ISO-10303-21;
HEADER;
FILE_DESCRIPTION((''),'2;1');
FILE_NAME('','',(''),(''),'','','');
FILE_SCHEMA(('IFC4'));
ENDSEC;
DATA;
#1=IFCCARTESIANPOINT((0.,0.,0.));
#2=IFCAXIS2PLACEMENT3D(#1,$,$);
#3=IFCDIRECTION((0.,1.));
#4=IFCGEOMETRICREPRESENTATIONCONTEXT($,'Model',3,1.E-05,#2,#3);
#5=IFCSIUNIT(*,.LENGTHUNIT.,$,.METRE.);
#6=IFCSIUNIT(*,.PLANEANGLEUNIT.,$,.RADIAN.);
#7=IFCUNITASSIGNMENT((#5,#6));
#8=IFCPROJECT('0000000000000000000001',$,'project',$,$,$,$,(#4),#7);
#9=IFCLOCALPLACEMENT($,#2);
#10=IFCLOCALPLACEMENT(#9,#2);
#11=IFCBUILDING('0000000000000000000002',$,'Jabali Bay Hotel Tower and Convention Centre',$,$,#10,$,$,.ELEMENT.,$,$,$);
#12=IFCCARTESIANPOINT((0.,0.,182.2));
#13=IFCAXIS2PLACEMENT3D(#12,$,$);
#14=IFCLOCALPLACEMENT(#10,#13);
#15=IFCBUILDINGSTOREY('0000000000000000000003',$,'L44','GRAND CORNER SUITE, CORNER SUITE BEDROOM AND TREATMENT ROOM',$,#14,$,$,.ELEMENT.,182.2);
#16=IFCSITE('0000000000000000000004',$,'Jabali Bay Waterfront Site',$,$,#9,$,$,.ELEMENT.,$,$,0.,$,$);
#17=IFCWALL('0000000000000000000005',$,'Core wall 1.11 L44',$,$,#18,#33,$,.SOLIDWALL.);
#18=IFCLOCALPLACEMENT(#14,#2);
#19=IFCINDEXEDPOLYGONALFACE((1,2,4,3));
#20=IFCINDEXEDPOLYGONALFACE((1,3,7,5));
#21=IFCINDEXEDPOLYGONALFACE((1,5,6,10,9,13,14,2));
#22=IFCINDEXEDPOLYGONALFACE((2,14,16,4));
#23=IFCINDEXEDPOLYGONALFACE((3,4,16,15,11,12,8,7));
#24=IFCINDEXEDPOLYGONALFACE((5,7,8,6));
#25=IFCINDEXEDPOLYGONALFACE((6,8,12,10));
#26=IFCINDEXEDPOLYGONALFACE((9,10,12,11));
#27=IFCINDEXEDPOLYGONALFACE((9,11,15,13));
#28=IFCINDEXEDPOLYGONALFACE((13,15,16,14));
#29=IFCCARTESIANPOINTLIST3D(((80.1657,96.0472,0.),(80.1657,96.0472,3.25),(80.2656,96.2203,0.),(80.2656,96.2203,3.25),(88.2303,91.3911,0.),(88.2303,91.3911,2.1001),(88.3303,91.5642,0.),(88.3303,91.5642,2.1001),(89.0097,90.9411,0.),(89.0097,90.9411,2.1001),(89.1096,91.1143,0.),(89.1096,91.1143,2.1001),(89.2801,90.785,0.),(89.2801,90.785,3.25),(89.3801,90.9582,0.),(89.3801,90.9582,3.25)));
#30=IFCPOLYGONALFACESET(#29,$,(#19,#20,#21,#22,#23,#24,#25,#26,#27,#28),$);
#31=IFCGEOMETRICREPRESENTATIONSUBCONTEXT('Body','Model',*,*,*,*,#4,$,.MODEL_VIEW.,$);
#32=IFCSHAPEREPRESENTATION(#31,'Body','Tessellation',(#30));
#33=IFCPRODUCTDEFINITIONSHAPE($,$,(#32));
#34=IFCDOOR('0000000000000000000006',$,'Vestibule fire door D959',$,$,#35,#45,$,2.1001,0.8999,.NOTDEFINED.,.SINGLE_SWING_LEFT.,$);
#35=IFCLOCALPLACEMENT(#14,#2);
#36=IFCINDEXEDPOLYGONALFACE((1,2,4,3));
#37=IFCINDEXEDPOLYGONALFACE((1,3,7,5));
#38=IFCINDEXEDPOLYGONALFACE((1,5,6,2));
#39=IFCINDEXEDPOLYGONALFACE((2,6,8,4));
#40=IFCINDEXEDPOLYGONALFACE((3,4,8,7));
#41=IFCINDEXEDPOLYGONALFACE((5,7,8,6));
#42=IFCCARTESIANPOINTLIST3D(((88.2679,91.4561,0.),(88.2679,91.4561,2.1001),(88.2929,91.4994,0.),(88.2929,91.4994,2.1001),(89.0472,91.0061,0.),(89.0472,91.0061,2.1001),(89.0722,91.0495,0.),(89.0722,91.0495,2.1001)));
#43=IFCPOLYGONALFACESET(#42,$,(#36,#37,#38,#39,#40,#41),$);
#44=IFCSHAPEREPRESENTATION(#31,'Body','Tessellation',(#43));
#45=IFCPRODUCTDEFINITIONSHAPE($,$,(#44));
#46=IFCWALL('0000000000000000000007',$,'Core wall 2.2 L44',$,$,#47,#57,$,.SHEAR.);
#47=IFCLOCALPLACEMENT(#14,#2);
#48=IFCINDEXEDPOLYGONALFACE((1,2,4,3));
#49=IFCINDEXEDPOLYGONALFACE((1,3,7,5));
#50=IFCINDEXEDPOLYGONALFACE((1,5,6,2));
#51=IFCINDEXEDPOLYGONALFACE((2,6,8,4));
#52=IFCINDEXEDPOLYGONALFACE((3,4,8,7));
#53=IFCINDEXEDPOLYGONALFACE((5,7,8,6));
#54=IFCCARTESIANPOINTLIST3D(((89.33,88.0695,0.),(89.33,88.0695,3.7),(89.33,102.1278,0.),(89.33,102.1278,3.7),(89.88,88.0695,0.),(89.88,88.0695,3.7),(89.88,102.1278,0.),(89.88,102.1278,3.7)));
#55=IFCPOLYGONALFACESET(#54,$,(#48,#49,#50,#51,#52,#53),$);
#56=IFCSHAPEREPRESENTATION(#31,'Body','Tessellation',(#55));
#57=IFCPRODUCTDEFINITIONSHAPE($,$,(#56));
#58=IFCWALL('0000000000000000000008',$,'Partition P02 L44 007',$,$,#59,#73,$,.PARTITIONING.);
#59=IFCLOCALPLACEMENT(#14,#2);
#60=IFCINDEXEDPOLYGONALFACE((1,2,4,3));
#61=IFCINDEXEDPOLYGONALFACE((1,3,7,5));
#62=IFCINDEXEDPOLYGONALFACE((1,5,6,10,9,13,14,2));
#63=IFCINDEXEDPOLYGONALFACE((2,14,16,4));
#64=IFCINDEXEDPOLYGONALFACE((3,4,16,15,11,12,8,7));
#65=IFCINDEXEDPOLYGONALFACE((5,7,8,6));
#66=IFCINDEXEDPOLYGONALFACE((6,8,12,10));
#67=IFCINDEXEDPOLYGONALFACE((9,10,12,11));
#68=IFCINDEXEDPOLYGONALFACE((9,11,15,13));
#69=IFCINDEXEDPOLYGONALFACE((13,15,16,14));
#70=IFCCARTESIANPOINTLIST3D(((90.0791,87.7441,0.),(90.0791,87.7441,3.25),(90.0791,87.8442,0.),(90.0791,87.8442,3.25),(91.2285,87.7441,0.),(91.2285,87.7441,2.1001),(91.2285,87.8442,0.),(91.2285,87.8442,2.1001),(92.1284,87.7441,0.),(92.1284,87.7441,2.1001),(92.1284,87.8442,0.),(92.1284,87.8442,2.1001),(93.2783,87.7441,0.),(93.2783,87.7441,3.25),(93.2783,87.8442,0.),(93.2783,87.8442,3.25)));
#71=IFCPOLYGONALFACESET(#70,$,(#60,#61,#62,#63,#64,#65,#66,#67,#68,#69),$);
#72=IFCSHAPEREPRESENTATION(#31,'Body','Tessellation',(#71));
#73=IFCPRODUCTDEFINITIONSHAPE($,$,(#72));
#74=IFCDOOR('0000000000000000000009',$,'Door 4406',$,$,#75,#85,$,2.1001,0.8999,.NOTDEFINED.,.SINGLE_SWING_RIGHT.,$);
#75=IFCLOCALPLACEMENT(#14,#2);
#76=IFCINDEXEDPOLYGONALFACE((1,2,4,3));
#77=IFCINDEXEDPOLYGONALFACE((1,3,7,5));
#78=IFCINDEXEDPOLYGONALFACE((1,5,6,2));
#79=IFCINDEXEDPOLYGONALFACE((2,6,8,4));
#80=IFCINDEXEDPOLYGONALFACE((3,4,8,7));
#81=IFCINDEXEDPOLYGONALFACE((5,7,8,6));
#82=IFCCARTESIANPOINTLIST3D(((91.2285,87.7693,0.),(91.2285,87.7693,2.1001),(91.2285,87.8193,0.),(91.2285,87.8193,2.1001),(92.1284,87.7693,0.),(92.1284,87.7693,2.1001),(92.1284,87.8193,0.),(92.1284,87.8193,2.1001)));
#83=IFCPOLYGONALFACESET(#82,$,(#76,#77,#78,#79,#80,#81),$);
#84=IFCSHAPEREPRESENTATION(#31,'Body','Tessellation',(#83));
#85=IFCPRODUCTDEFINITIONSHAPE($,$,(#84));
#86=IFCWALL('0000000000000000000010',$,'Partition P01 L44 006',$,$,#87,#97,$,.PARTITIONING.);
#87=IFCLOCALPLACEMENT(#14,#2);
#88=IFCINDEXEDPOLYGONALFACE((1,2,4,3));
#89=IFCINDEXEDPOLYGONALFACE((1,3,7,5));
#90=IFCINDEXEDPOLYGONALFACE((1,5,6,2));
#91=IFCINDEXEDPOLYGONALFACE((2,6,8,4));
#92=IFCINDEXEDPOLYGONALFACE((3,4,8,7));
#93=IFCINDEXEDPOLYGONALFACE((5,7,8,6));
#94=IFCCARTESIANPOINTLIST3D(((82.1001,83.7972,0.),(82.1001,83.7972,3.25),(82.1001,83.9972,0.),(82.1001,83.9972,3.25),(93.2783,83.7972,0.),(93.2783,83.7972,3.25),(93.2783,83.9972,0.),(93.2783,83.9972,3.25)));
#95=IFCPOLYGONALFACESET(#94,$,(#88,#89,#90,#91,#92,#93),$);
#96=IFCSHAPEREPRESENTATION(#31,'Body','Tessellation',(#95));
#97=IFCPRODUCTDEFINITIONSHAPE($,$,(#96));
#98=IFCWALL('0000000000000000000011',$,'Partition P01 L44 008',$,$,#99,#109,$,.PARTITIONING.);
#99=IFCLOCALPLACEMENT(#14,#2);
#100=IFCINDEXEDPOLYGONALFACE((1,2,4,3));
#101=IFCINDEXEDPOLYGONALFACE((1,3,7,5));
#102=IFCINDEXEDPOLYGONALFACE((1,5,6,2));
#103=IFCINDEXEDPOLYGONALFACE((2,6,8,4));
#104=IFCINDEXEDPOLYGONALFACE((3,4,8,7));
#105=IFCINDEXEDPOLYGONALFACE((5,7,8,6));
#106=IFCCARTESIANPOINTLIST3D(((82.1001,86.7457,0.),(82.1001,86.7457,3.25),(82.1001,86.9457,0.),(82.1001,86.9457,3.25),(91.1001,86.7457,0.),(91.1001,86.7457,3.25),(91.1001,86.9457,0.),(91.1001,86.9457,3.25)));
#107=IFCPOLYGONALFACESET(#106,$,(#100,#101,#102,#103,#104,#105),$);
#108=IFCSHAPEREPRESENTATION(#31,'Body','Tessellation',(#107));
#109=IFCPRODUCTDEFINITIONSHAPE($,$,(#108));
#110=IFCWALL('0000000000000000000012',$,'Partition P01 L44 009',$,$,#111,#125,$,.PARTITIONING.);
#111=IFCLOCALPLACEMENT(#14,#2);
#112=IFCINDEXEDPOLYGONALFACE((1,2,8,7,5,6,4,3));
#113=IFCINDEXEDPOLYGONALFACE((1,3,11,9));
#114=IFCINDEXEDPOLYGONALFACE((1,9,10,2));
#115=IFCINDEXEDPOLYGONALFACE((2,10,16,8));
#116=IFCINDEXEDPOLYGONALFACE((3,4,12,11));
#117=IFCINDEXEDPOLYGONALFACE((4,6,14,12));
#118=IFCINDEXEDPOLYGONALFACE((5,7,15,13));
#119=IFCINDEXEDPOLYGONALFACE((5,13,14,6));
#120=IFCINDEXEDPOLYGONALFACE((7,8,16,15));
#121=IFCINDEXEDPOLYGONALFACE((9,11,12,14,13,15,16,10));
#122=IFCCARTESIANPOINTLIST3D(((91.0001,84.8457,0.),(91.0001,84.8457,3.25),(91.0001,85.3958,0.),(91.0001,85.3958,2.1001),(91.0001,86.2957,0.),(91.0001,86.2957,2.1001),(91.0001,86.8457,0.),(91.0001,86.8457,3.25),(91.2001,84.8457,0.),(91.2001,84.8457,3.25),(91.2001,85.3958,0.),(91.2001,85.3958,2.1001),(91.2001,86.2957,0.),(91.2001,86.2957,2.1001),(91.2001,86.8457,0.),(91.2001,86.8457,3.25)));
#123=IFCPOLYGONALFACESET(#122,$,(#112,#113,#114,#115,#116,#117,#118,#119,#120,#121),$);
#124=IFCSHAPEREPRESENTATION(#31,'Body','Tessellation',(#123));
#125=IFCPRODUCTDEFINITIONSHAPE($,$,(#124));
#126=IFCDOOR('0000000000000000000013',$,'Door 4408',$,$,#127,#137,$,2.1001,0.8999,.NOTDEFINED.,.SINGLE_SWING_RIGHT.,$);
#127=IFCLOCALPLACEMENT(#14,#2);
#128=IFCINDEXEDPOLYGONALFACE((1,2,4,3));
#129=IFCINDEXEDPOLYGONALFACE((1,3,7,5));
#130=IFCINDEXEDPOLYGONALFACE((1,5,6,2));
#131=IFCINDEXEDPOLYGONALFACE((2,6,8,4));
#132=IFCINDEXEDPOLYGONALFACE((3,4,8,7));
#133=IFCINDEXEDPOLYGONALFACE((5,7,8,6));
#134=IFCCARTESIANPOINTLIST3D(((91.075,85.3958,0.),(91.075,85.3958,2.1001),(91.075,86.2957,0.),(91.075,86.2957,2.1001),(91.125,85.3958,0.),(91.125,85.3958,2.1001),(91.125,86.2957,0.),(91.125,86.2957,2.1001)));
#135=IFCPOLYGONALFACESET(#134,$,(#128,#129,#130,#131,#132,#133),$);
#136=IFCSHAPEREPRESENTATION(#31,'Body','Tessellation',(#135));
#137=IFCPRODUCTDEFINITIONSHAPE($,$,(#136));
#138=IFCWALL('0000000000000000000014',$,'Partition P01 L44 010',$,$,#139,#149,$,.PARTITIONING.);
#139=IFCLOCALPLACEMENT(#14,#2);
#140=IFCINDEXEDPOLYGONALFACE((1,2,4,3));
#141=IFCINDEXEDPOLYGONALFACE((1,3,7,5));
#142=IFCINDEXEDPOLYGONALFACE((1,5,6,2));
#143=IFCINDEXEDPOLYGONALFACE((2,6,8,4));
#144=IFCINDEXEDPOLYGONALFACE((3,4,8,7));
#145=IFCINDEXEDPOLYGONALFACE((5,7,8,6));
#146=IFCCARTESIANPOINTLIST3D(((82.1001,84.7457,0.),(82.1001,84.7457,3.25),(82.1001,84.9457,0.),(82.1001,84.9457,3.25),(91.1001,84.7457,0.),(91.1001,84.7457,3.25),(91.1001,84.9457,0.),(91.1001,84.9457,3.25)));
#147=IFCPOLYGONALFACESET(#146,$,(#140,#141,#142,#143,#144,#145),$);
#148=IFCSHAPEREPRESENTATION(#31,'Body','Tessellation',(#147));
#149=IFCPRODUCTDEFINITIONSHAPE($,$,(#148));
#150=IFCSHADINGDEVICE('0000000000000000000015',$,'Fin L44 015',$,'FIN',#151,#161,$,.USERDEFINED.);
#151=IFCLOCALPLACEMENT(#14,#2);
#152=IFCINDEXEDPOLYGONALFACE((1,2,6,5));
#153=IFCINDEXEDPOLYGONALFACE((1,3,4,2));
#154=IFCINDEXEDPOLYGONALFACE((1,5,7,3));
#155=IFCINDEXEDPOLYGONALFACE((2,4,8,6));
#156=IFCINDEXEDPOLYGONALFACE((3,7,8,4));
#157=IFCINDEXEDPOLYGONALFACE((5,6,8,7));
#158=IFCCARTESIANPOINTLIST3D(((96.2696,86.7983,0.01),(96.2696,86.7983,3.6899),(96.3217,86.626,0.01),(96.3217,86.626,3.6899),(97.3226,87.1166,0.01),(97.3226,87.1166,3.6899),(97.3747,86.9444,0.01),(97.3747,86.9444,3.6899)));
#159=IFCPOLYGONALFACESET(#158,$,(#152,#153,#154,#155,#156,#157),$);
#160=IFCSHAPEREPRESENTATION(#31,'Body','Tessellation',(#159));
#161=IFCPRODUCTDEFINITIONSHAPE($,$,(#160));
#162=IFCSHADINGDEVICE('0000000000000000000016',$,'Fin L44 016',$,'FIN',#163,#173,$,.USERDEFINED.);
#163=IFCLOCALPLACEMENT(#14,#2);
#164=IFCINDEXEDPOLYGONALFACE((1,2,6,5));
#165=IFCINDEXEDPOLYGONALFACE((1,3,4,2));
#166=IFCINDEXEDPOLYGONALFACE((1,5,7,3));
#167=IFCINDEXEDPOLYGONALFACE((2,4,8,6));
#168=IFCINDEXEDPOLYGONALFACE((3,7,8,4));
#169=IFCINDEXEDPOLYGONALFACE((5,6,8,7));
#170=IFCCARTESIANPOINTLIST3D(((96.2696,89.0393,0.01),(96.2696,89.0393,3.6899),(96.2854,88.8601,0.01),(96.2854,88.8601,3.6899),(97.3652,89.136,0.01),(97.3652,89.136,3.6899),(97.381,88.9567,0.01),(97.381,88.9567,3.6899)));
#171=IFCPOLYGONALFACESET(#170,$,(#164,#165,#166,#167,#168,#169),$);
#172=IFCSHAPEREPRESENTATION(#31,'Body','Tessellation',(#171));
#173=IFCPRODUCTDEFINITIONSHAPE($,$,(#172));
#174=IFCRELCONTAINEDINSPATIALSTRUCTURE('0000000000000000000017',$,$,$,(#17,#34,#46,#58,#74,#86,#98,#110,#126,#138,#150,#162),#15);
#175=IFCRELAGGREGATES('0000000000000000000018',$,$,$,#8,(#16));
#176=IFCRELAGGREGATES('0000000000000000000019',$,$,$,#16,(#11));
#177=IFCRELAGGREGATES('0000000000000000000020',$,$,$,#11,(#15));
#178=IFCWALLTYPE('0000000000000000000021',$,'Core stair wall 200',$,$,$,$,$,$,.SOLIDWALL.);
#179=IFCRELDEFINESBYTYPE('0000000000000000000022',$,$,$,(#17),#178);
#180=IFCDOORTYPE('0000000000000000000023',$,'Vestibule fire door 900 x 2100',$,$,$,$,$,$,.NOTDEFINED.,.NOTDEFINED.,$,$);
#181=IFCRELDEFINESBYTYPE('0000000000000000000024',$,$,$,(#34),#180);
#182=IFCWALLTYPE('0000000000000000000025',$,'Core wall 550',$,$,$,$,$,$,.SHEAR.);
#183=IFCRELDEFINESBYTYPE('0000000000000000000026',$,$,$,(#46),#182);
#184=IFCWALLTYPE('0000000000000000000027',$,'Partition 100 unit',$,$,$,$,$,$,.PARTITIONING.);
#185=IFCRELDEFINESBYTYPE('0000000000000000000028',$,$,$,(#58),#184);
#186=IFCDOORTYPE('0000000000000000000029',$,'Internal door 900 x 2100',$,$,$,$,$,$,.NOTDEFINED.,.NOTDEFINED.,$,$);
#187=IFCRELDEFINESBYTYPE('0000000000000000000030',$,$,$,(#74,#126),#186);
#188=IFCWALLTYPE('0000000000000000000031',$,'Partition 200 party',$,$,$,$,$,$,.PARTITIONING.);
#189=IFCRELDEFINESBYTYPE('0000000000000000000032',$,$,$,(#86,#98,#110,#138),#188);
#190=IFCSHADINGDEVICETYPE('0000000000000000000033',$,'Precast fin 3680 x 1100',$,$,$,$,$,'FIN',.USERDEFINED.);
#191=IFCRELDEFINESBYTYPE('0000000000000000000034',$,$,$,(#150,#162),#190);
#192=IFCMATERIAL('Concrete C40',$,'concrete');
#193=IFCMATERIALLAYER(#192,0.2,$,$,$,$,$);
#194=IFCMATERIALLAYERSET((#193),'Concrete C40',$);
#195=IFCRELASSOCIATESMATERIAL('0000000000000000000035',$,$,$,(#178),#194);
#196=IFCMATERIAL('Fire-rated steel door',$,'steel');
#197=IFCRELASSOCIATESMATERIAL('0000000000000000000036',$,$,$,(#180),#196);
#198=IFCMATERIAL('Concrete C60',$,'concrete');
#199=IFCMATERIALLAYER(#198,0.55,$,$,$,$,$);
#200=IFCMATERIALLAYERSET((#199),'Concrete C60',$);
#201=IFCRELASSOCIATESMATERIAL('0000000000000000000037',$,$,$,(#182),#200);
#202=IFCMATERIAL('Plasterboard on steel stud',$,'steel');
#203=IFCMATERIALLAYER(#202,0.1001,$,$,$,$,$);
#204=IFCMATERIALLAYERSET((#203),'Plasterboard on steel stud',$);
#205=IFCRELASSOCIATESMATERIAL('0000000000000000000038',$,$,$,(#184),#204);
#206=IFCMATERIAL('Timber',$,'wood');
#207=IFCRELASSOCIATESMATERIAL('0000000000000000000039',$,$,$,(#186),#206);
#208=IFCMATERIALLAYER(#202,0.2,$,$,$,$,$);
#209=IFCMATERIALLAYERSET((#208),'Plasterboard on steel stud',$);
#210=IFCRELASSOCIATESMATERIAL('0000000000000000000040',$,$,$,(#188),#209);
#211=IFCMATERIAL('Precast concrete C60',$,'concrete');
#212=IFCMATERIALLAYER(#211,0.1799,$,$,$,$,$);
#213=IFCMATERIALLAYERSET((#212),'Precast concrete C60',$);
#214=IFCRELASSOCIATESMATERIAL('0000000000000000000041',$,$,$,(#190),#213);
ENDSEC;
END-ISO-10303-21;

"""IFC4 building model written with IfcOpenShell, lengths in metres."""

from ifc_helpers import new_model, si_unit, direction, frame, frame_2d, origin, place, context, subcontext, project, spatial, rectangle, extrude, material, layer, layer_set, type_object, element, fill, save


model = new_model("IFC4")

# Units and contexts
model_context = context("Model", 3, precision=1e-05, world=origin(), true_north=direction((0.0, 1.0)))
body_context = subcontext(model_context, "Body", "Model", "MODEL_VIEW")
ifc_project = project(units=[si_unit("LENGTHUNIT", "METRE"), si_unit("PLANEANGLEUNIT", "RADIAN")], contexts=[model_context])

# Site, building, storey
site_placement = place(None, origin())
site = spatial("IfcSite", under=ifc_project, at=site_placement, Name="Jabali Bay Waterfront Site", CompositionType="ELEMENT", RefElevation=0.0)
building_placement = place(site_placement, origin())
building = spatial("IfcBuilding", under=site, at=building_placement, Name="Jabali Bay Hotel Tower and Convention Centre", CompositionType="ELEMENT")
storey_placement = place(building_placement, frame((0.0, 0.0, 182.2)))
storey = spatial("IfcBuildingStorey", under=building, at=storey_placement, Name="L44", Description="GRAND CORNER SUITE, CORNER SUITE BEDROOM AND TREATMENT ROOM", CompositionType="ELEMENT", Elevation=182.2)

# Shared definitions
ifc_material_1 = material(Name="Concrete C60", Category="concrete")

# Shared definitions
ifc_material_2 = material(Name="Concrete C40", Category="concrete")
ifc_layer_1 = layer(ifc_material_2, 0.2)
ifc_layer_set_1 = layer_set([ifc_layer_1], Name="Concrete C40")
wall_type_1 = type_object("IfcWallType", Name="Core stair wall 200", PredefinedType="SOLIDWALL", material=ifc_layer_set_1)

# Wall, opening, door
wall_1_placement = place(storey_placement, frame((89.3301, 90.8716, 0.0), z_axis=(0.0, 0.0, 1.0), x_axis=(-0.866028, 0.499996, 0.0)))
wall_1 = element("IfcWall", 1, at=wall_1_placement, inside=storey, type_object=wall_type_1, Name="Core wall 1.11 L44", PredefinedType="SOLIDWALL", context=body_context, shape_type="SweptSolid", body=[
    extrude(rectangle(XDim=10.5244, YDim=0.2, at=frame_2d((5.2622, 0.0))), origin(), (0.0, 0.0, 1.0), 3.25),
])
opening_1_placement = place(wall_1_placement, frame((0.3123, 0.0, 0.0)))
opening_1 = element("IfcOpeningElement", 2, at=opening_1_placement, cuts=wall_1, PredefinedType="OPENING", context=body_context, shape_type="SweptSolid", body=[
    extrude(rectangle(XDim=0.8999, YDim=2.1001, at=frame_2d((0.45, 1.05))), frame((0.0, 0.1104, 0.0), z_axis=(0.0, -1.0, 0.0), x_axis=(1.0, 0.0, 0.0)), (0.0, 0.0, 1.0), 0.2209),
])
ifc_material_3 = material(Name="Fire-rated steel door", Category="steel")
door_type_1 = type_object("IfcDoorType", Name="Vestibule fire door 900 x 2100", OperationType="NOTDEFINED", PredefinedType="NOTDEFINED", material=ifc_material_3)
door_1_placement = place(opening_1_placement, origin())
door_1 = element("IfcDoor", 3, at=door_1_placement, inside=storey, type_object=door_type_1, Name="Vestibule fire door D959", OperationType="SINGLE_SWING_LEFT", OverallHeight=2.1001, OverallWidth=0.8999, PredefinedType="NOTDEFINED", context=body_context, shape_type="SweptSolid", body=[
    extrude(rectangle(XDim=0.8999, YDim=2.1001, at=frame_2d((0.45, 1.05))), frame((0.0, 0.0249, 0.0), z_axis=(0.0, -1.0, 0.0), x_axis=(1.0, 0.0, 0.0)), (0.0, 0.0, 1.0), 0.05),
])
fill(opening_1, door_1)

# Wall
ifc_layer_2 = layer(ifc_material_1, 0.55)
ifc_layer_set_2 = layer_set([ifc_layer_2], Name="Concrete C60")
wall_type_2 = type_object("IfcWallType", Name="Core wall 550", PredefinedType="SHEAR", material=ifc_layer_set_2)
wall_2_placement = place(storey_placement, frame((89.605, 88.0693, 0.0), z_axis=(0.0, 0.0, 1.0), x_axis=(0.0, 1.0, 0.0)))
element("IfcWall", 4, at=wall_2_placement, inside=storey, type_object=wall_type_2, Name="Core wall 2.2 L44", PredefinedType="SHEAR", context=body_context, shape_type="SweptSolid", body=[
    extrude(rectangle(XDim=14.0583, YDim=0.55, at=frame_2d((7.0293, 0.0))), origin(), (0.0, 0.0, 1.0), 3.7),
])

# Wall, opening, door
ifc_material_4 = material(Name="Plasterboard on steel stud", Category="steel")
ifc_layer_3 = layer(ifc_material_4, 0.1001)
ifc_layer_set_3 = layer_set([ifc_layer_3], Name="Plasterboard on steel stud")
wall_type_3 = type_object("IfcWallType", Name="Partition 100 unit", PredefinedType="PARTITIONING", material=ifc_layer_set_3)
wall_3_placement = place(storey_placement, frame((93.2783, 87.7942, 0.0), z_axis=(0.0, 0.0, 1.0), x_axis=(-1.0, 0.0, 0.0)))
wall_3 = element("IfcWall", 5, at=wall_3_placement, inside=storey, type_object=wall_type_3, Name="Partition P02 L44 007", PredefinedType="PARTITIONING", context=body_context, shape_type="SweptSolid", body=[
    extrude(rectangle(XDim=3.1992, YDim=0.1001, at=frame_2d((1.5996, 0.0))), origin(), (0.0, 0.0, 1.0), 3.25),
])
opening_2_placement = place(wall_3_placement, frame((1.1499, 0.0, 0.0)))
opening_2 = element("IfcOpeningElement", 6, at=opening_2_placement, cuts=wall_3, PredefinedType="OPENING", context=body_context, shape_type="SweptSolid", body=[
    extrude(rectangle(XDim=0.8999, YDim=2.1001, at=frame_2d((0.45, 1.05))), frame((0.0, 0.0605, 0.0), z_axis=(0.0, -1.0, 0.0), x_axis=(1.0, 0.0, 0.0)), (0.0, 0.0, 1.0), 0.1211),
])
ifc_material_5 = material(Name="Timber", Category="wood")
door_type_2 = type_object("IfcDoorType", Name="Internal door 900 x 2100", OperationType="NOTDEFINED", PredefinedType="NOTDEFINED", material=ifc_material_5)
door_2_placement = place(opening_2_placement, origin())
door_2 = element("IfcDoor", 7, at=door_2_placement, inside=storey, type_object=door_type_2, Name="Door 4406", OperationType="SINGLE_SWING_RIGHT", OverallHeight=2.1001, OverallWidth=0.8999, PredefinedType="NOTDEFINED", context=body_context, shape_type="SweptSolid", body=[
    extrude(rectangle(XDim=0.8999, YDim=2.1001, at=frame_2d((0.45, 1.05))), frame((0.0, 0.0249, 0.0), z_axis=(0.0, -1.0, 0.0), x_axis=(1.0, 0.0, 0.0)), (0.0, 0.0, 1.0), 0.05),
])
fill(opening_2, door_2)

# Walls
ifc_layer_4 = layer(ifc_material_4, 0.2)
ifc_layer_set_4 = layer_set([ifc_layer_4], Name="Plasterboard on steel stud")
wall_type_4 = type_object("IfcWallType", Name="Partition 200 party", PredefinedType="PARTITIONING", material=ifc_layer_set_4)
wall_4_placement = place(storey_placement, frame((93.2783, 83.8972, 0.0), z_axis=(0.0, 0.0, 1.0), x_axis=(-1.0, 0.0, 0.0)))
element("IfcWall", 8, at=wall_4_placement, inside=storey, type_object=wall_type_4, Name="Partition P01 L44 006", PredefinedType="PARTITIONING", context=body_context, shape_type="SweptSolid", body=[
    extrude(rectangle(XDim=11.1782, YDim=0.2, at=frame_2d((5.5891, 0.0))), origin(), (0.0, 0.0, 1.0), 3.25),
])
wall_5_placement = place(storey_placement, frame((82.1001, 86.8457, 0.0), z_axis=(0.0, 0.0, 1.0), x_axis=(1.0, 0.0, 0.0)))
element("IfcWall", 9, at=wall_5_placement, inside=storey, type_object=wall_type_4, Name="Partition P01 L44 008", PredefinedType="PARTITIONING", context=body_context, shape_type="SweptSolid", body=[
    extrude(rectangle(XDim=9.0, YDim=0.2, at=frame_2d((4.5, 0.0))), origin(), (0.0, 0.0, 1.0), 3.25),
])

# Wall, opening, door
wall_6_placement = place(storey_placement, frame((91.1001, 86.8457, 0.0), z_axis=(0.0, 0.0, 1.0), x_axis=(0.0, -1.0, 0.0)))
wall_6 = element("IfcWall", 10, at=wall_6_placement, inside=storey, type_object=wall_type_4, Name="Partition P01 L44 009", PredefinedType="PARTITIONING", context=body_context, shape_type="SweptSolid", body=[
    extrude(rectangle(XDim=2.0, YDim=0.2, at=frame_2d((1.0, 0.0))), origin(), (0.0, 0.0, 1.0), 3.25),
])
opening_3_placement = place(wall_6_placement, frame((0.55, 0.0, 0.0)))
opening_3 = element("IfcOpeningElement", 11, at=opening_3_placement, cuts=wall_6, PredefinedType="OPENING", context=body_context, shape_type="SweptSolid", body=[
    extrude(rectangle(XDim=0.8999, YDim=2.1001, at=frame_2d((0.45, 1.05))), frame((0.0, 0.1104, 0.0), z_axis=(0.0, -1.0, 0.0), x_axis=(1.0, 0.0, 0.0)), (0.0, 0.0, 1.0), 0.2209),
])
door_3_placement = place(opening_3_placement, origin())
door_3 = element("IfcDoor", 12, at=door_3_placement, inside=storey, type_object=door_type_2, Name="Door 4408", OperationType="SINGLE_SWING_RIGHT", OverallHeight=2.1001, OverallWidth=0.8999, PredefinedType="NOTDEFINED", context=body_context, shape_type="SweptSolid", body=[
    extrude(rectangle(XDim=0.8999, YDim=2.1001, at=frame_2d((0.45, 1.05))), frame((0.0, 0.0249, 0.0), z_axis=(0.0, -1.0, 0.0), x_axis=(1.0, 0.0, 0.0)), (0.0, 0.0, 1.0), 0.05),
])
fill(opening_3, door_3)

# Wall
wall_7_placement = place(storey_placement, frame((91.1001, 84.8457, 0.0), z_axis=(0.0, 0.0, 1.0), x_axis=(-1.0, 0.0, 0.0)))
element("IfcWall", 13, at=wall_7_placement, inside=storey, type_object=wall_type_4, Name="Partition P01 L44 010", PredefinedType="PARTITIONING", context=body_context, shape_type="SweptSolid", body=[
    extrude(rectangle(XDim=9.0, YDim=0.2, at=frame_2d((4.5, 0.0))), origin(), (0.0, 0.0, 1.0), 3.25),
])

# Shading devices
ifc_material_6 = material(Name="Precast concrete C60", Category="concrete")
ifc_layer_5 = layer(ifc_material_6, 0.1799)
ifc_layer_set_5 = layer_set([ifc_layer_5], Name="Precast concrete C60")
shading_device_type_1 = type_object("IfcShadingDeviceType", Name="Precast fin 3680 x 1100", ElementType="FIN", PredefinedType="USERDEFINED", material=ifc_layer_set_5)
shading_device_1_placement = place(storey_placement, frame((96.2957, 86.7122, 0.01), z_axis=(0.0, 0.0, 1.0), x_axis=(0.957207, 0.289404, 0.0)))
element("IfcShadingDevice", 14, at=shading_device_1_placement, inside=storey, type_object=shading_device_type_1, Name="Fin L44 015", ObjectType="FIN", PredefinedType="USERDEFINED", context=body_context, shape_type="SweptSolid", body=[
    extrude(rectangle(XDim=1.1001, YDim=0.1799, at=frame_2d((0.55, 0.0))), origin(), (0.0, 0.0, 1.0), 3.6799),
])
for number, where, z_axis, x_axis, name in (
    (15, (96.2776, 88.9497, 0.01), (0.0, 0.0, 1.0), (0.99613, 0.087894, 0.0), "Fin L44 016"),
):
    element("IfcShadingDevice", number, at=place(storey_placement, frame(where, z_axis=z_axis, x_axis=x_axis)), inside=storey, type_object=shading_device_type_1, Name=name, ObjectType="FIN", PredefinedType="USERDEFINED", context=body_context, shape_type="SweptSolid", body=[
        extrude(rectangle(XDim=1.0999, YDim=0.1799, at=frame_2d((0.5498, 0.0))), origin(), (0.0, 0.0, 1.0), 3.6799),
    ])

save(model, "model.ifc")
